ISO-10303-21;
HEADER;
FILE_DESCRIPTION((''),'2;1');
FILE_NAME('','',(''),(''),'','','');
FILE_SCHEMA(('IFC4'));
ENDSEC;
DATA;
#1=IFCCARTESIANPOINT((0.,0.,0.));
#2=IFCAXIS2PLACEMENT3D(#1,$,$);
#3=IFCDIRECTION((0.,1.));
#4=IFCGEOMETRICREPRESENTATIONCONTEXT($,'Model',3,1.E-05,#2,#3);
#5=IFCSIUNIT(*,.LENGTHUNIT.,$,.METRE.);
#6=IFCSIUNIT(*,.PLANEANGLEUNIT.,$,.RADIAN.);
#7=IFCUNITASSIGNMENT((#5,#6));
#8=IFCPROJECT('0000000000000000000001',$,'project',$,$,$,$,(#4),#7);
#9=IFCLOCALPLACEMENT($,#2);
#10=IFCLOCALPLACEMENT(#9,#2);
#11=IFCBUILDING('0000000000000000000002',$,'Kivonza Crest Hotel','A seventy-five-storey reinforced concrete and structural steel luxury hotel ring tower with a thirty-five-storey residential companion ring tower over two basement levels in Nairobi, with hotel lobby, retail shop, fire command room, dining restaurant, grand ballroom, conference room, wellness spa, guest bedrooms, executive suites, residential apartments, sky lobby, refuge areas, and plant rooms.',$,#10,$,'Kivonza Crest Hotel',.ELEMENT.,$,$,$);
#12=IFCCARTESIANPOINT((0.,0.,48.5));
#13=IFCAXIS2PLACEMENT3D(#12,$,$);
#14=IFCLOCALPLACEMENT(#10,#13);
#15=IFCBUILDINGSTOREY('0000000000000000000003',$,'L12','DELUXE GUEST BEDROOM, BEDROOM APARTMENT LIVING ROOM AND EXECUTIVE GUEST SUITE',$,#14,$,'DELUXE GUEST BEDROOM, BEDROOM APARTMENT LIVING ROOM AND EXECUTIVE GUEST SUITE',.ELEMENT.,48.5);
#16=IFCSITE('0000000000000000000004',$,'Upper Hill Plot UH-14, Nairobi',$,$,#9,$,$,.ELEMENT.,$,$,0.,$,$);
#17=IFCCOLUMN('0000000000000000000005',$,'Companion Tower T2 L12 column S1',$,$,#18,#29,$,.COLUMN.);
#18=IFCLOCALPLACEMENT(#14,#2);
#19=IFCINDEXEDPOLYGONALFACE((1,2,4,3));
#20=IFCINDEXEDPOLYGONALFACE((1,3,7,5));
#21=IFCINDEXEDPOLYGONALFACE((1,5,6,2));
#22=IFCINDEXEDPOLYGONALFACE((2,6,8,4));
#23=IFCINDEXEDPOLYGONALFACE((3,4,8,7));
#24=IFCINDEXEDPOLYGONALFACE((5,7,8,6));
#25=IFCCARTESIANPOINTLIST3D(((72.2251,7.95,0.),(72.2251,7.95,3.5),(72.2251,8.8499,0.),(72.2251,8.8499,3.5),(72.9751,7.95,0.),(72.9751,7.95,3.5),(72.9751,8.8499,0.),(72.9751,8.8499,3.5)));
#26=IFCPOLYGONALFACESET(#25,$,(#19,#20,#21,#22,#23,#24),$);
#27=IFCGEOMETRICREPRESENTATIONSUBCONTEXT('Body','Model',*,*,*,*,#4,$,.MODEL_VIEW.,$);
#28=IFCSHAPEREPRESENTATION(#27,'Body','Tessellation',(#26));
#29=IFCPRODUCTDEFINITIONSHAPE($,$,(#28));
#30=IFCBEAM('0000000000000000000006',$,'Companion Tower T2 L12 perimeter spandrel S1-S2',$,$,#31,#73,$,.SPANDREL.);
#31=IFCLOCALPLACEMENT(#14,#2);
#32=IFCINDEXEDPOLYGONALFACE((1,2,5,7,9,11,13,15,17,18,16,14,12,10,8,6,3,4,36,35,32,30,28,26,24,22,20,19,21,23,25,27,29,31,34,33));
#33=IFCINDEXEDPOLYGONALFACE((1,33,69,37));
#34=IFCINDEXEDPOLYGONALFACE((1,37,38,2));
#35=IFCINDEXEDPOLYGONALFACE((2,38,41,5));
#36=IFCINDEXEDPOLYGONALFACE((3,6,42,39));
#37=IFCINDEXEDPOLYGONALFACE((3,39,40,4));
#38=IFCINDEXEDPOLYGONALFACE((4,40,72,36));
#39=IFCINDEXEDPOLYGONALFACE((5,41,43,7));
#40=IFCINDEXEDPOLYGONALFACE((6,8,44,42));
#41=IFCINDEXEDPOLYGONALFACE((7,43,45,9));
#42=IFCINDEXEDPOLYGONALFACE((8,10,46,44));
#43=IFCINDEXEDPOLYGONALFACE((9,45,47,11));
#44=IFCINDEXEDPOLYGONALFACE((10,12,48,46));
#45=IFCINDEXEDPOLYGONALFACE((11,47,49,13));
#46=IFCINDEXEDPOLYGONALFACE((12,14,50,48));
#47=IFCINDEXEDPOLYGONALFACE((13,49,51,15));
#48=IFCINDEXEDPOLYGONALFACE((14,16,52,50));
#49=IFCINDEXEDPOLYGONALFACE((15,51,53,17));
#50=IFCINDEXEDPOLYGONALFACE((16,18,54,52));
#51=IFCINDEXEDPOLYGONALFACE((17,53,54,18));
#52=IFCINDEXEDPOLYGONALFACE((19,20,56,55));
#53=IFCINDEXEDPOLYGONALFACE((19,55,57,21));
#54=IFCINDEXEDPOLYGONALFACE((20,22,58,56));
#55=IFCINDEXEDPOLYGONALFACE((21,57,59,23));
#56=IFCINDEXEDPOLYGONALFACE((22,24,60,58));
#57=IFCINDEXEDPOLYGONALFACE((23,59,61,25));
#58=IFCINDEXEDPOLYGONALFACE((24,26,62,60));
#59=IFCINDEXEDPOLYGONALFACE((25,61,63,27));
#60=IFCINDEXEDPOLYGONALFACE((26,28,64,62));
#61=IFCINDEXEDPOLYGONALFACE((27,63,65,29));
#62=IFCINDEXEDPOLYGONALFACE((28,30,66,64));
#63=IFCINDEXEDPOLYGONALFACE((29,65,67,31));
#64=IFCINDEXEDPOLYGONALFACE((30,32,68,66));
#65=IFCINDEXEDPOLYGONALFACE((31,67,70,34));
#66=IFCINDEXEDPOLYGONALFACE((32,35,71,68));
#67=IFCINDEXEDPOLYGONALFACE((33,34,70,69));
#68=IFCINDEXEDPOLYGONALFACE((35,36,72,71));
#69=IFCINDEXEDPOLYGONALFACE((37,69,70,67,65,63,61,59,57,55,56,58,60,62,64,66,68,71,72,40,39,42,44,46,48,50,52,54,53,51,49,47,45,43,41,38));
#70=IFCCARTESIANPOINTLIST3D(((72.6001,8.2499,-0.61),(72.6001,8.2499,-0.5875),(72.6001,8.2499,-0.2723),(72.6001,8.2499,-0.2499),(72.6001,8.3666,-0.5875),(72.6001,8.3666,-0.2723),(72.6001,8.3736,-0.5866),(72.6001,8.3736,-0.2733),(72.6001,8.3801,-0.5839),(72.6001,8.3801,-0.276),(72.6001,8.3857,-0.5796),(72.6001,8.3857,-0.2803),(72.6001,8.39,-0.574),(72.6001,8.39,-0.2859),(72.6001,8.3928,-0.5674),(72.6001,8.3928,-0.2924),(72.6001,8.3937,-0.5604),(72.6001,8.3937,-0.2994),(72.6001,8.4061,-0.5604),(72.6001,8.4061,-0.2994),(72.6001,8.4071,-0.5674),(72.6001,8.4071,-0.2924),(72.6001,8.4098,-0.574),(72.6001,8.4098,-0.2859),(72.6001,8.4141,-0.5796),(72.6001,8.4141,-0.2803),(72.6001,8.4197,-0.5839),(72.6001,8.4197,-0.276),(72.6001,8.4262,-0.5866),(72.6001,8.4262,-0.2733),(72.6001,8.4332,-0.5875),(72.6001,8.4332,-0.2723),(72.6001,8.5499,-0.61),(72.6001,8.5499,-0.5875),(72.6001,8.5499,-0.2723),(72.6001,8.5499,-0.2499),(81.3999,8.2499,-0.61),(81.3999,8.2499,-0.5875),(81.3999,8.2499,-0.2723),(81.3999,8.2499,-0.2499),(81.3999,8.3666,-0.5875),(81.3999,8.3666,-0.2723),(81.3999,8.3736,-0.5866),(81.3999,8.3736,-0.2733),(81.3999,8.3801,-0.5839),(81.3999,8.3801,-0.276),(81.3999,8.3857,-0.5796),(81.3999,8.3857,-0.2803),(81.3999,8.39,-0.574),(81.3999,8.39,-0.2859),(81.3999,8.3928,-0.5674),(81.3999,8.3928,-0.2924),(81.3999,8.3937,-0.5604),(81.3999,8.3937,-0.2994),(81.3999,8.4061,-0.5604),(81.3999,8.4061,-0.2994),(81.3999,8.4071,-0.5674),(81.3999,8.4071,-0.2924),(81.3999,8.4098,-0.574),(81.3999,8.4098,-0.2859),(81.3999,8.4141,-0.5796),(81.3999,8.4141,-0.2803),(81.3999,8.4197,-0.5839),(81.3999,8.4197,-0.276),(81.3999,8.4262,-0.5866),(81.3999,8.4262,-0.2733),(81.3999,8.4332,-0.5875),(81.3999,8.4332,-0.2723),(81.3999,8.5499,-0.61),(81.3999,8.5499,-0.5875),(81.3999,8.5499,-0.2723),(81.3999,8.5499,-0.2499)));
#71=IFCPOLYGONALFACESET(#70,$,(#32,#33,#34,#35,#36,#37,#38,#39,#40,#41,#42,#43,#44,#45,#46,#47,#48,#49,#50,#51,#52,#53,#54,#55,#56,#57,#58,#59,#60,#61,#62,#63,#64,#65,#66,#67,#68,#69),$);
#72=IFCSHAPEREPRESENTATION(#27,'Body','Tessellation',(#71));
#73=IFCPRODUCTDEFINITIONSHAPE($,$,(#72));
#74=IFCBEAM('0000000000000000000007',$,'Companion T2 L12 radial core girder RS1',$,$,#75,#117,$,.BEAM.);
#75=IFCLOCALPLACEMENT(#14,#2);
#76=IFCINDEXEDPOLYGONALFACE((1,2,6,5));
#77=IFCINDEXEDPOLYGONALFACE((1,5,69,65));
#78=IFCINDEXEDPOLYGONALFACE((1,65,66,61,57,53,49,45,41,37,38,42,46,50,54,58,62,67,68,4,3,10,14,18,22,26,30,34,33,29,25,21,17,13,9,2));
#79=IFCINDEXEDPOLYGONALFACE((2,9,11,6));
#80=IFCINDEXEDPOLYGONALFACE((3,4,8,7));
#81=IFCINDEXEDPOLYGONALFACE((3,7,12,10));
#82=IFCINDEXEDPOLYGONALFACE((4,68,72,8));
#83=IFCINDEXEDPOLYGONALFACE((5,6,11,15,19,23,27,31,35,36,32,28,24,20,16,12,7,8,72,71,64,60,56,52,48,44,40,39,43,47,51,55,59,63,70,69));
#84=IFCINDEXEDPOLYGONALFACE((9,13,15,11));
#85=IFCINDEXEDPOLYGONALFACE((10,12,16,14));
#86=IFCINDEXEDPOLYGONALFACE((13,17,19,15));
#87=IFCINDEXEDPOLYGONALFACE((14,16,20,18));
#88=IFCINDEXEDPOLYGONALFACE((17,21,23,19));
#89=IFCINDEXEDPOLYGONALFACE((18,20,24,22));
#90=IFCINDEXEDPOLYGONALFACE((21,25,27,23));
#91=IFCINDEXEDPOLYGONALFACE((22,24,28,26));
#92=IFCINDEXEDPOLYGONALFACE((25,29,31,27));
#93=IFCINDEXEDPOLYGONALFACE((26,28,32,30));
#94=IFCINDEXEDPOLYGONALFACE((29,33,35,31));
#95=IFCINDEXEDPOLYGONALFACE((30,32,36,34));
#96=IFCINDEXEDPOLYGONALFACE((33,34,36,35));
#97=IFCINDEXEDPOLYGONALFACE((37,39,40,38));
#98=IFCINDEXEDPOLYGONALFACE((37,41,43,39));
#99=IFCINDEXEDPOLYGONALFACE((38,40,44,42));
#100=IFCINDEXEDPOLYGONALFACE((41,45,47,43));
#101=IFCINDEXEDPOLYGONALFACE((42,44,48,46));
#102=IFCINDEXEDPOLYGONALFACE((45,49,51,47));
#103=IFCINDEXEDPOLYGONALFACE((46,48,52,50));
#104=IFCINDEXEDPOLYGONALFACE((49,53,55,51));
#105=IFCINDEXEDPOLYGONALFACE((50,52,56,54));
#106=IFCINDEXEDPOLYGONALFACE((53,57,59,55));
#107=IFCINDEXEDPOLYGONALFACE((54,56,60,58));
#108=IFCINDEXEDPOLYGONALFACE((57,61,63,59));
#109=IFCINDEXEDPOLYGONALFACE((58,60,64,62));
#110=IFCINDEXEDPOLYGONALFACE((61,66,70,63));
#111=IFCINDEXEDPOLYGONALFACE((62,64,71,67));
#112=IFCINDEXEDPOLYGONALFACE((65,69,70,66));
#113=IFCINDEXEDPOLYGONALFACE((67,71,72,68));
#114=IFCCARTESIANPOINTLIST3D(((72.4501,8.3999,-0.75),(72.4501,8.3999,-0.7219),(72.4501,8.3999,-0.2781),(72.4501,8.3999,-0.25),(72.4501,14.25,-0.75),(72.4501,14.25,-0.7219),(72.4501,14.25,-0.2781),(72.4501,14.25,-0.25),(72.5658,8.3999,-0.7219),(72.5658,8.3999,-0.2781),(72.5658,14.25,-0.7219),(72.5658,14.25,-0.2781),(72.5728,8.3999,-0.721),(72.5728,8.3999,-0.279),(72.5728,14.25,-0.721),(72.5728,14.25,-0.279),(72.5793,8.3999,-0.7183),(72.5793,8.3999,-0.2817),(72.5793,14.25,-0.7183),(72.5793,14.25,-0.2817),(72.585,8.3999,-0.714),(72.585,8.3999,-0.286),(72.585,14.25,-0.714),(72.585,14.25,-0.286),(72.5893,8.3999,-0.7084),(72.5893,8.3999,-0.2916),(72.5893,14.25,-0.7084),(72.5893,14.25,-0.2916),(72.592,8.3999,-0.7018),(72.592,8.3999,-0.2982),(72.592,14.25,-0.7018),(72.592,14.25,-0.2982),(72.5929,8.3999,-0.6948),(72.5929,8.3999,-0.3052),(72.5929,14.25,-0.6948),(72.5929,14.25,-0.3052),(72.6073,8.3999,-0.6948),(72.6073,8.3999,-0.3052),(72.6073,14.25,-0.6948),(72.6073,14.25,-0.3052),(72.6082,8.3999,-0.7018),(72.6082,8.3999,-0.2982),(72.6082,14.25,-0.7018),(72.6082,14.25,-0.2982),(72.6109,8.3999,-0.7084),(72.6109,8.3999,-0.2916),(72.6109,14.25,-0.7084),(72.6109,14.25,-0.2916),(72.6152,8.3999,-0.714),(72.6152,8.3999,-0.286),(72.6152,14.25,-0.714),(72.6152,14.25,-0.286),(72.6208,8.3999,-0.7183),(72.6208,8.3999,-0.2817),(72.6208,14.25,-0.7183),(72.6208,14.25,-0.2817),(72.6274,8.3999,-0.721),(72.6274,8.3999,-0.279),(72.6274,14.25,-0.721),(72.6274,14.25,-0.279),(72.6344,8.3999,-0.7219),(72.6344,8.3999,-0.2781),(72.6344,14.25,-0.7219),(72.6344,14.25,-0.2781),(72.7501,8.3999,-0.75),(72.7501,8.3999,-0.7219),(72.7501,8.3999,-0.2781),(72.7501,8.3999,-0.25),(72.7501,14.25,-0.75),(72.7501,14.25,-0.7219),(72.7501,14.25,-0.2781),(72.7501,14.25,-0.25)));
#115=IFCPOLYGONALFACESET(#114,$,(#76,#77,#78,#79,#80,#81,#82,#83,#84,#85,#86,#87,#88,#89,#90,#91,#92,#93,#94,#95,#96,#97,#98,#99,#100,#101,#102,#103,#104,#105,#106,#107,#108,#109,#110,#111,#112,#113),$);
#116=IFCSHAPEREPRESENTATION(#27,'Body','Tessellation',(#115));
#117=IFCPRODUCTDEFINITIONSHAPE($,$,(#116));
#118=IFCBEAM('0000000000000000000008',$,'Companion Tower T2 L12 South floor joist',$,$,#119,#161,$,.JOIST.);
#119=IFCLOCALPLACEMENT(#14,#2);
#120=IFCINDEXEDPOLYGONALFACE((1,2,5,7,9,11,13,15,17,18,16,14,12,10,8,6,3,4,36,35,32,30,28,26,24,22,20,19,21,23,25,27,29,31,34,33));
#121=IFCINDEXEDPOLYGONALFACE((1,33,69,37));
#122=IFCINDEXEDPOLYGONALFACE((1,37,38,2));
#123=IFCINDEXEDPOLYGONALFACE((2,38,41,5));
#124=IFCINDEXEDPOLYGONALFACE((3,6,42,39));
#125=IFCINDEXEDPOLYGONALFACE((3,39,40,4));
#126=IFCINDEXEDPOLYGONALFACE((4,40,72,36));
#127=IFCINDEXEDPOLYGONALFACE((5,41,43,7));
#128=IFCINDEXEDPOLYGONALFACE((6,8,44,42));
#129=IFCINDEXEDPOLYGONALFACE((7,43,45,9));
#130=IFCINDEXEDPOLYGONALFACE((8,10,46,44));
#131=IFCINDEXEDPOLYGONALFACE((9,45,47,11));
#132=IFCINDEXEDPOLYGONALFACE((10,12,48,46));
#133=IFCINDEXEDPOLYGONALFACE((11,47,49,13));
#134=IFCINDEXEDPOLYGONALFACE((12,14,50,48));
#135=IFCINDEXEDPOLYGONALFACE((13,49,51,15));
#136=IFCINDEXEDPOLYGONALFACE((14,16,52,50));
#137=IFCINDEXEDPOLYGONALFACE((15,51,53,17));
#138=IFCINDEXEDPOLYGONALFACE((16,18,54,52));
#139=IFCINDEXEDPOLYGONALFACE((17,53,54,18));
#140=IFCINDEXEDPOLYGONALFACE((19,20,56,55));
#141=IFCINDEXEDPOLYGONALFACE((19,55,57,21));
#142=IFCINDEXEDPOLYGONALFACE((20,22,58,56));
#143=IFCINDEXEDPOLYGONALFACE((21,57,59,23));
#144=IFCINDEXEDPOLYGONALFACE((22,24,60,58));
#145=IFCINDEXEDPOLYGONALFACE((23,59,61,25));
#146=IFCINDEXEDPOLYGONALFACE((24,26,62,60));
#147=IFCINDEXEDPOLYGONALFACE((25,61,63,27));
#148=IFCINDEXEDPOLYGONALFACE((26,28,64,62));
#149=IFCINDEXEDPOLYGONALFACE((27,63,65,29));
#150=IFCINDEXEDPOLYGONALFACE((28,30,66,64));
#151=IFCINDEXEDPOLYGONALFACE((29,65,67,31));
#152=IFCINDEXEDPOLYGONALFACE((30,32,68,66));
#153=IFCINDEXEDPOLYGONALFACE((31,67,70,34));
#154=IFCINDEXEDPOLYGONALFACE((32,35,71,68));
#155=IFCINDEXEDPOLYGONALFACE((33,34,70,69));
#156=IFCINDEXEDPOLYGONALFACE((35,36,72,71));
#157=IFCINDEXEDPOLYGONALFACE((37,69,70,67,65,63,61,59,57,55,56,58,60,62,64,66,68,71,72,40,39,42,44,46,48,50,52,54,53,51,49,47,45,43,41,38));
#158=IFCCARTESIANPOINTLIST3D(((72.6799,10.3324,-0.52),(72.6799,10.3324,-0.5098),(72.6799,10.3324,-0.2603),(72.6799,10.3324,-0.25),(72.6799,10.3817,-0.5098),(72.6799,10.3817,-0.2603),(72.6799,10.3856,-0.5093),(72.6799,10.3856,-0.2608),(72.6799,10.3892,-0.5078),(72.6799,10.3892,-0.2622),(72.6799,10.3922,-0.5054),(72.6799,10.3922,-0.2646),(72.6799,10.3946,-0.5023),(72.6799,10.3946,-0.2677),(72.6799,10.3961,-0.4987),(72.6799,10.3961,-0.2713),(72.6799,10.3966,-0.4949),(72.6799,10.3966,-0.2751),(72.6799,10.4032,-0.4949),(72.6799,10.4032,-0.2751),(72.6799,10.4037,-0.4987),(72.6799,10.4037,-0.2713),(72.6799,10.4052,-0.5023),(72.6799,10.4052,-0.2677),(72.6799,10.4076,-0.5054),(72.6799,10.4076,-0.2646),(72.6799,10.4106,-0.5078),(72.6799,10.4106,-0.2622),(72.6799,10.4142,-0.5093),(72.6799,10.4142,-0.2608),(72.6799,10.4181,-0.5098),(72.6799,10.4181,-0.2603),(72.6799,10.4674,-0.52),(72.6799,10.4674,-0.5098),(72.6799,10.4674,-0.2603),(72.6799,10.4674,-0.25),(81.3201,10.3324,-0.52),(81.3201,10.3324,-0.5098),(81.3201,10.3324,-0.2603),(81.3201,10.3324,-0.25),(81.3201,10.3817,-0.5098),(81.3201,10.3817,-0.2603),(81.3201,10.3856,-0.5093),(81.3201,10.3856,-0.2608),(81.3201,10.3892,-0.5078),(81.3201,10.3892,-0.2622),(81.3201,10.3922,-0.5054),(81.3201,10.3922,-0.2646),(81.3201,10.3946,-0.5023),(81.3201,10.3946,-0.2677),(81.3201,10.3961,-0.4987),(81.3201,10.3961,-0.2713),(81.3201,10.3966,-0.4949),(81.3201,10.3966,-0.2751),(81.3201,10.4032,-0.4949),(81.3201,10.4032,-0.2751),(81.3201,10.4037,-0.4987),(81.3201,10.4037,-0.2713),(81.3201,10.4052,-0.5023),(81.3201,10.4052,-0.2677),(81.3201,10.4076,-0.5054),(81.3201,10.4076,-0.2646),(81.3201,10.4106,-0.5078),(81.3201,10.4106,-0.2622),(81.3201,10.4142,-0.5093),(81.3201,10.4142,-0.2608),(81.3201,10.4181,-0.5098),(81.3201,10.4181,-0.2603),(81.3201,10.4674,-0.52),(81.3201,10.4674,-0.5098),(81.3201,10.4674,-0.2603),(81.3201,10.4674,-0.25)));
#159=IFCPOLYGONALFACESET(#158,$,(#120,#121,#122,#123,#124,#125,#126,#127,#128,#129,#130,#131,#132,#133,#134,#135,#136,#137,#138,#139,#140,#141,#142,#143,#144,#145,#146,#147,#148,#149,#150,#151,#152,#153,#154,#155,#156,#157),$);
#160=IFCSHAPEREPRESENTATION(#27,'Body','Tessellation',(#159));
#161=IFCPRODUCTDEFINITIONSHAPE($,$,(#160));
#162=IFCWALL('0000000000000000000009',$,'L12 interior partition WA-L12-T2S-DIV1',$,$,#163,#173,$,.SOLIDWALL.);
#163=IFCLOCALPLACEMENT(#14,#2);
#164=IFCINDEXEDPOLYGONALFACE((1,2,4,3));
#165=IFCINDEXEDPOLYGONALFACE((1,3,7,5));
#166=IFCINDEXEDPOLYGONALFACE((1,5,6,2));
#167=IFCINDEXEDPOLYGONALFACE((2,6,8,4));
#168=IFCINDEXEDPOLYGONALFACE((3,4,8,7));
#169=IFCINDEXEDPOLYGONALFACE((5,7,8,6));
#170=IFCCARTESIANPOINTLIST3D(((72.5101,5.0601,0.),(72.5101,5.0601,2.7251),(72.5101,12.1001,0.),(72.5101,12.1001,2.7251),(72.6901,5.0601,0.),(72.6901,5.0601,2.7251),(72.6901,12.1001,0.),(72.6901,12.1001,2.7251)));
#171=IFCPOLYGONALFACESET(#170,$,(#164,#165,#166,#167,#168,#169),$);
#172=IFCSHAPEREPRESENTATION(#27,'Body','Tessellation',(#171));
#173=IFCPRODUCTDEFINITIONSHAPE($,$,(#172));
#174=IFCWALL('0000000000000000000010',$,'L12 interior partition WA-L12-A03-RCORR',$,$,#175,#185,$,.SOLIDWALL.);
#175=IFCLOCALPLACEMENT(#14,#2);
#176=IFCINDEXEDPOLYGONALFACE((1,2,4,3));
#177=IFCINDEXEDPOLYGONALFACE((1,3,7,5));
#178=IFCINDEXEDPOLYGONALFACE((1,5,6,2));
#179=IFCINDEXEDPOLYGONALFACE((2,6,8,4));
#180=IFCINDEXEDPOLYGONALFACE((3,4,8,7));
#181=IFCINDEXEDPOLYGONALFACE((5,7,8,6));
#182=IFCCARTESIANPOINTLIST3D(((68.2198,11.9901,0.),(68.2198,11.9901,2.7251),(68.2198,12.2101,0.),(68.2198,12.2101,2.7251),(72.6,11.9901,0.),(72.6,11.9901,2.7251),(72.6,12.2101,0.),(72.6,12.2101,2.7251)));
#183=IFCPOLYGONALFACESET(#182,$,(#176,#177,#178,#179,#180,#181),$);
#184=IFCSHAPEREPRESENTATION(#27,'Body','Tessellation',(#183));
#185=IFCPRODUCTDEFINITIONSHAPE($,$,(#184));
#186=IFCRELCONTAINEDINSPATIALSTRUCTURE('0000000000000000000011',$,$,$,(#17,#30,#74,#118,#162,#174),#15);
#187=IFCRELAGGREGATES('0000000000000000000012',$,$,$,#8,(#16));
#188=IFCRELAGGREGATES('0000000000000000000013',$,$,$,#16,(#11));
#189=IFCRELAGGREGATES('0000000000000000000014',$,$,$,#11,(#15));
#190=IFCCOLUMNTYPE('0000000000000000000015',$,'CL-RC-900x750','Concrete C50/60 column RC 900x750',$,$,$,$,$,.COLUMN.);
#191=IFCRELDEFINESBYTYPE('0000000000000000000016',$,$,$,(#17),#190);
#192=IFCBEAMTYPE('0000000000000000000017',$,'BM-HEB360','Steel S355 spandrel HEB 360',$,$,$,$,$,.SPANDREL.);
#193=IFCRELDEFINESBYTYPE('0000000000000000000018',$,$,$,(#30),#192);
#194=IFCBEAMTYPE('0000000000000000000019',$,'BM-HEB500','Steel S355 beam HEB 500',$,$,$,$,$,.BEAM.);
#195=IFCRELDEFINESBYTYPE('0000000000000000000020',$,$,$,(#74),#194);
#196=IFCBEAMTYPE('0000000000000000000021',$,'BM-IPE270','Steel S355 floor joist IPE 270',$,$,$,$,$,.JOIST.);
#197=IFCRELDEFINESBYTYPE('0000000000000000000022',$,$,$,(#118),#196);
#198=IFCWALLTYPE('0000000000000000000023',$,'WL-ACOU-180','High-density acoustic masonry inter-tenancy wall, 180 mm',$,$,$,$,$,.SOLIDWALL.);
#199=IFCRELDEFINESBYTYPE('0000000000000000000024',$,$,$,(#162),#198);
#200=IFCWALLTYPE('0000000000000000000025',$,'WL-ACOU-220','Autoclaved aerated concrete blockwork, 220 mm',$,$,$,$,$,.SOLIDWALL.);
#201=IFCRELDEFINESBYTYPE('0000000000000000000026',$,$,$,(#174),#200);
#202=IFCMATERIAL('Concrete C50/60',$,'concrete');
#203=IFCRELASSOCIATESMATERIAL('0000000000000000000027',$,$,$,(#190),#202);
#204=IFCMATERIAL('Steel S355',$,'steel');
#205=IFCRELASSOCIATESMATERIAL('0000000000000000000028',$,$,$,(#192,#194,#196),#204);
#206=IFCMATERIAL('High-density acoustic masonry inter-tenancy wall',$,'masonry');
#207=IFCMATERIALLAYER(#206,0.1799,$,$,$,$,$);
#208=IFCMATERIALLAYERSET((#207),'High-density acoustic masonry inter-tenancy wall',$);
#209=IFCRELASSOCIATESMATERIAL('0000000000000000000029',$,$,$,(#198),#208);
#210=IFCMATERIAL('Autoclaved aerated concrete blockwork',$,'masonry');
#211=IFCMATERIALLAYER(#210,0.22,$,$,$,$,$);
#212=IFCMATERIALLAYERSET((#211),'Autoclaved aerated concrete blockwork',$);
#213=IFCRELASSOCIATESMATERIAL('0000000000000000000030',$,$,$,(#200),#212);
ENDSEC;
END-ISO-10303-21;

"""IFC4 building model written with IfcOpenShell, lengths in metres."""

from ifc_helpers import new_model, si_unit, direction, frame, frame_2d, origin, origin_2d, place, context, subcontext, project, spatial, rectangle, i_section, extrude, material, layer, layer_set, material_profile, profile_set, type_object, element, save


model = new_model("IFC4")

# Units and contexts
model_context = context("Model", 3, precision=1e-05, world=origin(), true_north=direction((0.0, 1.0)))
body_context = subcontext(model_context, "Body", "Model", "MODEL_VIEW")
ifc_project = project(units=[si_unit("LENGTHUNIT", "METRE"), si_unit("PLANEANGLEUNIT", "RADIAN")], contexts=[model_context])

# Site, building, storey
site_placement = place(None, origin())
site = spatial("IfcSite", under=ifc_project, at=site_placement, Name="Upper Hill Plot UH-14, Nairobi", CompositionType="ELEMENT", RefElevation=0.0)
building_placement = place(site_placement, origin())
building = spatial("IfcBuilding", under=site, at=building_placement, Name="Kivonza Crest Hotel", Description="A seventy-five-storey reinforced concrete and structural steel luxury hotel ring tower with a thirty-five-storey residential companion ring tower over two basement levels in Nairobi, with hotel lobby, retail shop, fire command room, dining restaurant, grand ballroom, conference room, wellness spa, guest bedrooms, executive suites, residential apartments, sky lobby, refuge areas, and plant rooms.", LongName="Kivonza Crest Hotel", CompositionType="ELEMENT")
storey_placement = place(building_placement, frame((0.0, 0.0, 48.5)))
storey = spatial("IfcBuildingStorey", under=building, at=storey_placement, Name="L12", Description="DELUXE GUEST BEDROOM, BEDROOM APARTMENT LIVING ROOM AND EXECUTIVE GUEST SUITE", LongName="DELUXE GUEST BEDROOM, BEDROOM APARTMENT LIVING ROOM AND EXECUTIVE GUEST SUITE", CompositionType="ELEMENT", Elevation=48.5)

# Column
ifc_material_1 = material(Name="Concrete C50/60", Category="concrete")
ifc_material_profile_1 = material_profile(ifc_material_1, rectangle(XDim=0.75, YDim=0.8999, at=origin_2d()), Name="RC 900x750")
ifc_profile_set_1 = profile_set([ifc_material_profile_1], Name="Concrete C50/60")
column_type = type_object("IfcColumnType", Name="CL-RC-900x750", Description="Concrete C50/60 column RC 900x750", PredefinedType="COLUMN", material=ifc_profile_set_1)
column_placement = place(storey_placement, frame((72.6001, 8.3999, 0.0), z_axis=(0.0, 0.0, 1.0), x_axis=(1.0, 0.0, 0.0)))
element("IfcColumn", 1, at=column_placement, inside=storey, type_object=column_type, Name="Companion Tower T2 L12 column S1", PredefinedType="COLUMN", context=body_context, shape_type="SweptSolid", body=[
    extrude(rectangle(XDim=0.75, YDim=0.8999, at=origin_2d()), origin(), (0.0, 0.0, 1.0), 3.5),
])

# Beams
ifc_material_2 = material(Name="Steel S355", Category="steel")
ifc_material_profile_2 = material_profile(ifc_material_2, i_section(OverallWidth=0.3, OverallDepth=0.3601, WebThickness=0.0125, FlangeThickness=0.0225, FilletRadius=0.0271, at=origin_2d()), Name="HEB 360")
ifc_profile_set_2 = profile_set([ifc_material_profile_2], Name="Steel S355")
beam_type_1 = type_object("IfcBeamType", Name="BM-HEB360", Description="Steel S355 spandrel HEB 360", PredefinedType="SPANDREL", material=ifc_profile_set_2)
beam_1_placement = place(storey_placement, frame((72.6001, 8.3999, -0.4299), z_axis=(1.0, 0.0, 0.0), x_axis=(0.0, 1.0, 0.0)))
element("IfcBeam", 2, at=beam_1_placement, inside=storey, type_object=beam_type_1, Name="Companion Tower T2 L12 perimeter spandrel S1-S2", PredefinedType="SPANDREL", context=body_context, shape_type="SweptSolid", body=[
    extrude(i_section(OverallWidth=0.3, OverallDepth=0.3601, WebThickness=0.0125, FlangeThickness=0.0225, FilletRadius=0.0271, at=origin_2d()), origin(), (0.0, 0.0, 1.0), 8.7998),
])
ifc_material_profile_3 = material_profile(ifc_material_2, i_section(OverallWidth=0.3, OverallDepth=0.5, WebThickness=0.0144, FlangeThickness=0.0281, FilletRadius=0.0271, at=origin_2d()), Name="HEB 500")
ifc_profile_set_3 = profile_set([ifc_material_profile_3], Name="Steel S355")
beam_type_2 = type_object("IfcBeamType", Name="BM-HEB500", Description="Steel S355 beam HEB 500", PredefinedType="BEAM", material=ifc_profile_set_3)
beam_2_placement = place(storey_placement, frame((72.6001, 8.3999, -0.5), z_axis=(0.0, 1.0, 0.0), x_axis=(-1.0, 0.0, 0.0)))
element("IfcBeam", 3, at=beam_2_placement, inside=storey, type_object=beam_type_2, Name="Companion T2 L12 radial core girder RS1", PredefinedType="BEAM", context=body_context, shape_type="SweptSolid", body=[
    extrude(i_section(OverallWidth=0.3, OverallDepth=0.5, WebThickness=0.0144, FlangeThickness=0.0281, FilletRadius=0.0271, at=origin_2d()), origin(), (0.0, 0.0, 1.0), 5.8501),
])
ifc_material_profile_4 = material_profile(ifc_material_2, i_section(OverallWidth=0.135, OverallDepth=0.27, WebThickness=0.0066, FlangeThickness=0.0103, FilletRadius=0.0149, at=origin_2d()), Name="IPE 270")
ifc_profile_set_4 = profile_set([ifc_material_profile_4], Name="Steel S355")
beam_type_3 = type_object("IfcBeamType", Name="BM-IPE270", Description="Steel S355 floor joist IPE 270", PredefinedType="JOIST", material=ifc_profile_set_4)
beam_3_placement = place(storey_placement, frame((72.6799, 10.3999, -0.385), z_axis=(1.0, 0.0, 0.0), x_axis=(0.0, 1.0, 0.0)))
element("IfcBeam", 4, at=beam_3_placement, inside=storey, type_object=beam_type_3, Name="Companion Tower T2 L12 South floor joist", PredefinedType="JOIST", context=body_context, shape_type="SweptSolid", body=[
    extrude(i_section(OverallWidth=0.135, OverallDepth=0.27, WebThickness=0.0066, FlangeThickness=0.0103, FilletRadius=0.0149, at=origin_2d()), origin(), (0.0, 0.0, 1.0), 8.6401),
])

# Walls
ifc_material_3 = material(Name="High-density acoustic masonry inter-tenancy wall", Category="masonry")
ifc_layer_1 = layer(ifc_material_3, 0.1799)
ifc_layer_set_1 = layer_set([ifc_layer_1], Name="High-density acoustic masonry inter-tenancy wall")
wall_type_1 = type_object("IfcWallType", Name="WL-ACOU-180", Description="High-density acoustic masonry inter-tenancy wall, 180 mm", PredefinedType="SOLIDWALL", material=ifc_layer_set_1)
wall_1_placement = place(storey_placement, frame((72.6001, 5.0601, 0.0), z_axis=(0.0, 0.0, 1.0), x_axis=(0.0, 1.0, 0.0)))
element("IfcWall", 5, at=wall_1_placement, inside=storey, type_object=wall_type_1, Name="L12 interior partition WA-L12-T2S-DIV1", PredefinedType="SOLIDWALL", context=body_context, shape_type="SweptSolid", body=[
    extrude(rectangle(XDim=7.04, YDim=0.1799, at=frame_2d((3.52, 0.0))), origin(), (0.0, 0.0, 1.0), 2.7251),
])
ifc_material_4 = material(Name="Autoclaved aerated concrete blockwork", Category="masonry")
ifc_layer_2 = layer(ifc_material_4, 0.22)
ifc_layer_set_2 = layer_set([ifc_layer_2], Name="Autoclaved aerated concrete blockwork")
wall_type_2 = type_object("IfcWallType", Name="WL-ACOU-220", Description="Autoclaved aerated concrete blockwork, 220 mm", PredefinedType="SOLIDWALL", material=ifc_layer_set_2)
wall_2_placement = place(storey_placement, frame((68.22, 12.1001, 0.0), z_axis=(0.0, 0.0, 1.0), x_axis=(1.0, 0.0, 0.0)))
element("IfcWall", 6, at=wall_2_placement, inside=storey, type_object=wall_type_2, Name="L12 interior partition WA-L12-A03-RCORR", PredefinedType="SOLIDWALL", context=body_context, shape_type="SweptSolid", body=[
    extrude(rectangle(XDim=4.3801, YDim=0.22, at=frame_2d((2.1899, 0.0))), origin(), (0.0, 0.0, 1.0), 2.7251),
])

save(model, "model.ifc")
